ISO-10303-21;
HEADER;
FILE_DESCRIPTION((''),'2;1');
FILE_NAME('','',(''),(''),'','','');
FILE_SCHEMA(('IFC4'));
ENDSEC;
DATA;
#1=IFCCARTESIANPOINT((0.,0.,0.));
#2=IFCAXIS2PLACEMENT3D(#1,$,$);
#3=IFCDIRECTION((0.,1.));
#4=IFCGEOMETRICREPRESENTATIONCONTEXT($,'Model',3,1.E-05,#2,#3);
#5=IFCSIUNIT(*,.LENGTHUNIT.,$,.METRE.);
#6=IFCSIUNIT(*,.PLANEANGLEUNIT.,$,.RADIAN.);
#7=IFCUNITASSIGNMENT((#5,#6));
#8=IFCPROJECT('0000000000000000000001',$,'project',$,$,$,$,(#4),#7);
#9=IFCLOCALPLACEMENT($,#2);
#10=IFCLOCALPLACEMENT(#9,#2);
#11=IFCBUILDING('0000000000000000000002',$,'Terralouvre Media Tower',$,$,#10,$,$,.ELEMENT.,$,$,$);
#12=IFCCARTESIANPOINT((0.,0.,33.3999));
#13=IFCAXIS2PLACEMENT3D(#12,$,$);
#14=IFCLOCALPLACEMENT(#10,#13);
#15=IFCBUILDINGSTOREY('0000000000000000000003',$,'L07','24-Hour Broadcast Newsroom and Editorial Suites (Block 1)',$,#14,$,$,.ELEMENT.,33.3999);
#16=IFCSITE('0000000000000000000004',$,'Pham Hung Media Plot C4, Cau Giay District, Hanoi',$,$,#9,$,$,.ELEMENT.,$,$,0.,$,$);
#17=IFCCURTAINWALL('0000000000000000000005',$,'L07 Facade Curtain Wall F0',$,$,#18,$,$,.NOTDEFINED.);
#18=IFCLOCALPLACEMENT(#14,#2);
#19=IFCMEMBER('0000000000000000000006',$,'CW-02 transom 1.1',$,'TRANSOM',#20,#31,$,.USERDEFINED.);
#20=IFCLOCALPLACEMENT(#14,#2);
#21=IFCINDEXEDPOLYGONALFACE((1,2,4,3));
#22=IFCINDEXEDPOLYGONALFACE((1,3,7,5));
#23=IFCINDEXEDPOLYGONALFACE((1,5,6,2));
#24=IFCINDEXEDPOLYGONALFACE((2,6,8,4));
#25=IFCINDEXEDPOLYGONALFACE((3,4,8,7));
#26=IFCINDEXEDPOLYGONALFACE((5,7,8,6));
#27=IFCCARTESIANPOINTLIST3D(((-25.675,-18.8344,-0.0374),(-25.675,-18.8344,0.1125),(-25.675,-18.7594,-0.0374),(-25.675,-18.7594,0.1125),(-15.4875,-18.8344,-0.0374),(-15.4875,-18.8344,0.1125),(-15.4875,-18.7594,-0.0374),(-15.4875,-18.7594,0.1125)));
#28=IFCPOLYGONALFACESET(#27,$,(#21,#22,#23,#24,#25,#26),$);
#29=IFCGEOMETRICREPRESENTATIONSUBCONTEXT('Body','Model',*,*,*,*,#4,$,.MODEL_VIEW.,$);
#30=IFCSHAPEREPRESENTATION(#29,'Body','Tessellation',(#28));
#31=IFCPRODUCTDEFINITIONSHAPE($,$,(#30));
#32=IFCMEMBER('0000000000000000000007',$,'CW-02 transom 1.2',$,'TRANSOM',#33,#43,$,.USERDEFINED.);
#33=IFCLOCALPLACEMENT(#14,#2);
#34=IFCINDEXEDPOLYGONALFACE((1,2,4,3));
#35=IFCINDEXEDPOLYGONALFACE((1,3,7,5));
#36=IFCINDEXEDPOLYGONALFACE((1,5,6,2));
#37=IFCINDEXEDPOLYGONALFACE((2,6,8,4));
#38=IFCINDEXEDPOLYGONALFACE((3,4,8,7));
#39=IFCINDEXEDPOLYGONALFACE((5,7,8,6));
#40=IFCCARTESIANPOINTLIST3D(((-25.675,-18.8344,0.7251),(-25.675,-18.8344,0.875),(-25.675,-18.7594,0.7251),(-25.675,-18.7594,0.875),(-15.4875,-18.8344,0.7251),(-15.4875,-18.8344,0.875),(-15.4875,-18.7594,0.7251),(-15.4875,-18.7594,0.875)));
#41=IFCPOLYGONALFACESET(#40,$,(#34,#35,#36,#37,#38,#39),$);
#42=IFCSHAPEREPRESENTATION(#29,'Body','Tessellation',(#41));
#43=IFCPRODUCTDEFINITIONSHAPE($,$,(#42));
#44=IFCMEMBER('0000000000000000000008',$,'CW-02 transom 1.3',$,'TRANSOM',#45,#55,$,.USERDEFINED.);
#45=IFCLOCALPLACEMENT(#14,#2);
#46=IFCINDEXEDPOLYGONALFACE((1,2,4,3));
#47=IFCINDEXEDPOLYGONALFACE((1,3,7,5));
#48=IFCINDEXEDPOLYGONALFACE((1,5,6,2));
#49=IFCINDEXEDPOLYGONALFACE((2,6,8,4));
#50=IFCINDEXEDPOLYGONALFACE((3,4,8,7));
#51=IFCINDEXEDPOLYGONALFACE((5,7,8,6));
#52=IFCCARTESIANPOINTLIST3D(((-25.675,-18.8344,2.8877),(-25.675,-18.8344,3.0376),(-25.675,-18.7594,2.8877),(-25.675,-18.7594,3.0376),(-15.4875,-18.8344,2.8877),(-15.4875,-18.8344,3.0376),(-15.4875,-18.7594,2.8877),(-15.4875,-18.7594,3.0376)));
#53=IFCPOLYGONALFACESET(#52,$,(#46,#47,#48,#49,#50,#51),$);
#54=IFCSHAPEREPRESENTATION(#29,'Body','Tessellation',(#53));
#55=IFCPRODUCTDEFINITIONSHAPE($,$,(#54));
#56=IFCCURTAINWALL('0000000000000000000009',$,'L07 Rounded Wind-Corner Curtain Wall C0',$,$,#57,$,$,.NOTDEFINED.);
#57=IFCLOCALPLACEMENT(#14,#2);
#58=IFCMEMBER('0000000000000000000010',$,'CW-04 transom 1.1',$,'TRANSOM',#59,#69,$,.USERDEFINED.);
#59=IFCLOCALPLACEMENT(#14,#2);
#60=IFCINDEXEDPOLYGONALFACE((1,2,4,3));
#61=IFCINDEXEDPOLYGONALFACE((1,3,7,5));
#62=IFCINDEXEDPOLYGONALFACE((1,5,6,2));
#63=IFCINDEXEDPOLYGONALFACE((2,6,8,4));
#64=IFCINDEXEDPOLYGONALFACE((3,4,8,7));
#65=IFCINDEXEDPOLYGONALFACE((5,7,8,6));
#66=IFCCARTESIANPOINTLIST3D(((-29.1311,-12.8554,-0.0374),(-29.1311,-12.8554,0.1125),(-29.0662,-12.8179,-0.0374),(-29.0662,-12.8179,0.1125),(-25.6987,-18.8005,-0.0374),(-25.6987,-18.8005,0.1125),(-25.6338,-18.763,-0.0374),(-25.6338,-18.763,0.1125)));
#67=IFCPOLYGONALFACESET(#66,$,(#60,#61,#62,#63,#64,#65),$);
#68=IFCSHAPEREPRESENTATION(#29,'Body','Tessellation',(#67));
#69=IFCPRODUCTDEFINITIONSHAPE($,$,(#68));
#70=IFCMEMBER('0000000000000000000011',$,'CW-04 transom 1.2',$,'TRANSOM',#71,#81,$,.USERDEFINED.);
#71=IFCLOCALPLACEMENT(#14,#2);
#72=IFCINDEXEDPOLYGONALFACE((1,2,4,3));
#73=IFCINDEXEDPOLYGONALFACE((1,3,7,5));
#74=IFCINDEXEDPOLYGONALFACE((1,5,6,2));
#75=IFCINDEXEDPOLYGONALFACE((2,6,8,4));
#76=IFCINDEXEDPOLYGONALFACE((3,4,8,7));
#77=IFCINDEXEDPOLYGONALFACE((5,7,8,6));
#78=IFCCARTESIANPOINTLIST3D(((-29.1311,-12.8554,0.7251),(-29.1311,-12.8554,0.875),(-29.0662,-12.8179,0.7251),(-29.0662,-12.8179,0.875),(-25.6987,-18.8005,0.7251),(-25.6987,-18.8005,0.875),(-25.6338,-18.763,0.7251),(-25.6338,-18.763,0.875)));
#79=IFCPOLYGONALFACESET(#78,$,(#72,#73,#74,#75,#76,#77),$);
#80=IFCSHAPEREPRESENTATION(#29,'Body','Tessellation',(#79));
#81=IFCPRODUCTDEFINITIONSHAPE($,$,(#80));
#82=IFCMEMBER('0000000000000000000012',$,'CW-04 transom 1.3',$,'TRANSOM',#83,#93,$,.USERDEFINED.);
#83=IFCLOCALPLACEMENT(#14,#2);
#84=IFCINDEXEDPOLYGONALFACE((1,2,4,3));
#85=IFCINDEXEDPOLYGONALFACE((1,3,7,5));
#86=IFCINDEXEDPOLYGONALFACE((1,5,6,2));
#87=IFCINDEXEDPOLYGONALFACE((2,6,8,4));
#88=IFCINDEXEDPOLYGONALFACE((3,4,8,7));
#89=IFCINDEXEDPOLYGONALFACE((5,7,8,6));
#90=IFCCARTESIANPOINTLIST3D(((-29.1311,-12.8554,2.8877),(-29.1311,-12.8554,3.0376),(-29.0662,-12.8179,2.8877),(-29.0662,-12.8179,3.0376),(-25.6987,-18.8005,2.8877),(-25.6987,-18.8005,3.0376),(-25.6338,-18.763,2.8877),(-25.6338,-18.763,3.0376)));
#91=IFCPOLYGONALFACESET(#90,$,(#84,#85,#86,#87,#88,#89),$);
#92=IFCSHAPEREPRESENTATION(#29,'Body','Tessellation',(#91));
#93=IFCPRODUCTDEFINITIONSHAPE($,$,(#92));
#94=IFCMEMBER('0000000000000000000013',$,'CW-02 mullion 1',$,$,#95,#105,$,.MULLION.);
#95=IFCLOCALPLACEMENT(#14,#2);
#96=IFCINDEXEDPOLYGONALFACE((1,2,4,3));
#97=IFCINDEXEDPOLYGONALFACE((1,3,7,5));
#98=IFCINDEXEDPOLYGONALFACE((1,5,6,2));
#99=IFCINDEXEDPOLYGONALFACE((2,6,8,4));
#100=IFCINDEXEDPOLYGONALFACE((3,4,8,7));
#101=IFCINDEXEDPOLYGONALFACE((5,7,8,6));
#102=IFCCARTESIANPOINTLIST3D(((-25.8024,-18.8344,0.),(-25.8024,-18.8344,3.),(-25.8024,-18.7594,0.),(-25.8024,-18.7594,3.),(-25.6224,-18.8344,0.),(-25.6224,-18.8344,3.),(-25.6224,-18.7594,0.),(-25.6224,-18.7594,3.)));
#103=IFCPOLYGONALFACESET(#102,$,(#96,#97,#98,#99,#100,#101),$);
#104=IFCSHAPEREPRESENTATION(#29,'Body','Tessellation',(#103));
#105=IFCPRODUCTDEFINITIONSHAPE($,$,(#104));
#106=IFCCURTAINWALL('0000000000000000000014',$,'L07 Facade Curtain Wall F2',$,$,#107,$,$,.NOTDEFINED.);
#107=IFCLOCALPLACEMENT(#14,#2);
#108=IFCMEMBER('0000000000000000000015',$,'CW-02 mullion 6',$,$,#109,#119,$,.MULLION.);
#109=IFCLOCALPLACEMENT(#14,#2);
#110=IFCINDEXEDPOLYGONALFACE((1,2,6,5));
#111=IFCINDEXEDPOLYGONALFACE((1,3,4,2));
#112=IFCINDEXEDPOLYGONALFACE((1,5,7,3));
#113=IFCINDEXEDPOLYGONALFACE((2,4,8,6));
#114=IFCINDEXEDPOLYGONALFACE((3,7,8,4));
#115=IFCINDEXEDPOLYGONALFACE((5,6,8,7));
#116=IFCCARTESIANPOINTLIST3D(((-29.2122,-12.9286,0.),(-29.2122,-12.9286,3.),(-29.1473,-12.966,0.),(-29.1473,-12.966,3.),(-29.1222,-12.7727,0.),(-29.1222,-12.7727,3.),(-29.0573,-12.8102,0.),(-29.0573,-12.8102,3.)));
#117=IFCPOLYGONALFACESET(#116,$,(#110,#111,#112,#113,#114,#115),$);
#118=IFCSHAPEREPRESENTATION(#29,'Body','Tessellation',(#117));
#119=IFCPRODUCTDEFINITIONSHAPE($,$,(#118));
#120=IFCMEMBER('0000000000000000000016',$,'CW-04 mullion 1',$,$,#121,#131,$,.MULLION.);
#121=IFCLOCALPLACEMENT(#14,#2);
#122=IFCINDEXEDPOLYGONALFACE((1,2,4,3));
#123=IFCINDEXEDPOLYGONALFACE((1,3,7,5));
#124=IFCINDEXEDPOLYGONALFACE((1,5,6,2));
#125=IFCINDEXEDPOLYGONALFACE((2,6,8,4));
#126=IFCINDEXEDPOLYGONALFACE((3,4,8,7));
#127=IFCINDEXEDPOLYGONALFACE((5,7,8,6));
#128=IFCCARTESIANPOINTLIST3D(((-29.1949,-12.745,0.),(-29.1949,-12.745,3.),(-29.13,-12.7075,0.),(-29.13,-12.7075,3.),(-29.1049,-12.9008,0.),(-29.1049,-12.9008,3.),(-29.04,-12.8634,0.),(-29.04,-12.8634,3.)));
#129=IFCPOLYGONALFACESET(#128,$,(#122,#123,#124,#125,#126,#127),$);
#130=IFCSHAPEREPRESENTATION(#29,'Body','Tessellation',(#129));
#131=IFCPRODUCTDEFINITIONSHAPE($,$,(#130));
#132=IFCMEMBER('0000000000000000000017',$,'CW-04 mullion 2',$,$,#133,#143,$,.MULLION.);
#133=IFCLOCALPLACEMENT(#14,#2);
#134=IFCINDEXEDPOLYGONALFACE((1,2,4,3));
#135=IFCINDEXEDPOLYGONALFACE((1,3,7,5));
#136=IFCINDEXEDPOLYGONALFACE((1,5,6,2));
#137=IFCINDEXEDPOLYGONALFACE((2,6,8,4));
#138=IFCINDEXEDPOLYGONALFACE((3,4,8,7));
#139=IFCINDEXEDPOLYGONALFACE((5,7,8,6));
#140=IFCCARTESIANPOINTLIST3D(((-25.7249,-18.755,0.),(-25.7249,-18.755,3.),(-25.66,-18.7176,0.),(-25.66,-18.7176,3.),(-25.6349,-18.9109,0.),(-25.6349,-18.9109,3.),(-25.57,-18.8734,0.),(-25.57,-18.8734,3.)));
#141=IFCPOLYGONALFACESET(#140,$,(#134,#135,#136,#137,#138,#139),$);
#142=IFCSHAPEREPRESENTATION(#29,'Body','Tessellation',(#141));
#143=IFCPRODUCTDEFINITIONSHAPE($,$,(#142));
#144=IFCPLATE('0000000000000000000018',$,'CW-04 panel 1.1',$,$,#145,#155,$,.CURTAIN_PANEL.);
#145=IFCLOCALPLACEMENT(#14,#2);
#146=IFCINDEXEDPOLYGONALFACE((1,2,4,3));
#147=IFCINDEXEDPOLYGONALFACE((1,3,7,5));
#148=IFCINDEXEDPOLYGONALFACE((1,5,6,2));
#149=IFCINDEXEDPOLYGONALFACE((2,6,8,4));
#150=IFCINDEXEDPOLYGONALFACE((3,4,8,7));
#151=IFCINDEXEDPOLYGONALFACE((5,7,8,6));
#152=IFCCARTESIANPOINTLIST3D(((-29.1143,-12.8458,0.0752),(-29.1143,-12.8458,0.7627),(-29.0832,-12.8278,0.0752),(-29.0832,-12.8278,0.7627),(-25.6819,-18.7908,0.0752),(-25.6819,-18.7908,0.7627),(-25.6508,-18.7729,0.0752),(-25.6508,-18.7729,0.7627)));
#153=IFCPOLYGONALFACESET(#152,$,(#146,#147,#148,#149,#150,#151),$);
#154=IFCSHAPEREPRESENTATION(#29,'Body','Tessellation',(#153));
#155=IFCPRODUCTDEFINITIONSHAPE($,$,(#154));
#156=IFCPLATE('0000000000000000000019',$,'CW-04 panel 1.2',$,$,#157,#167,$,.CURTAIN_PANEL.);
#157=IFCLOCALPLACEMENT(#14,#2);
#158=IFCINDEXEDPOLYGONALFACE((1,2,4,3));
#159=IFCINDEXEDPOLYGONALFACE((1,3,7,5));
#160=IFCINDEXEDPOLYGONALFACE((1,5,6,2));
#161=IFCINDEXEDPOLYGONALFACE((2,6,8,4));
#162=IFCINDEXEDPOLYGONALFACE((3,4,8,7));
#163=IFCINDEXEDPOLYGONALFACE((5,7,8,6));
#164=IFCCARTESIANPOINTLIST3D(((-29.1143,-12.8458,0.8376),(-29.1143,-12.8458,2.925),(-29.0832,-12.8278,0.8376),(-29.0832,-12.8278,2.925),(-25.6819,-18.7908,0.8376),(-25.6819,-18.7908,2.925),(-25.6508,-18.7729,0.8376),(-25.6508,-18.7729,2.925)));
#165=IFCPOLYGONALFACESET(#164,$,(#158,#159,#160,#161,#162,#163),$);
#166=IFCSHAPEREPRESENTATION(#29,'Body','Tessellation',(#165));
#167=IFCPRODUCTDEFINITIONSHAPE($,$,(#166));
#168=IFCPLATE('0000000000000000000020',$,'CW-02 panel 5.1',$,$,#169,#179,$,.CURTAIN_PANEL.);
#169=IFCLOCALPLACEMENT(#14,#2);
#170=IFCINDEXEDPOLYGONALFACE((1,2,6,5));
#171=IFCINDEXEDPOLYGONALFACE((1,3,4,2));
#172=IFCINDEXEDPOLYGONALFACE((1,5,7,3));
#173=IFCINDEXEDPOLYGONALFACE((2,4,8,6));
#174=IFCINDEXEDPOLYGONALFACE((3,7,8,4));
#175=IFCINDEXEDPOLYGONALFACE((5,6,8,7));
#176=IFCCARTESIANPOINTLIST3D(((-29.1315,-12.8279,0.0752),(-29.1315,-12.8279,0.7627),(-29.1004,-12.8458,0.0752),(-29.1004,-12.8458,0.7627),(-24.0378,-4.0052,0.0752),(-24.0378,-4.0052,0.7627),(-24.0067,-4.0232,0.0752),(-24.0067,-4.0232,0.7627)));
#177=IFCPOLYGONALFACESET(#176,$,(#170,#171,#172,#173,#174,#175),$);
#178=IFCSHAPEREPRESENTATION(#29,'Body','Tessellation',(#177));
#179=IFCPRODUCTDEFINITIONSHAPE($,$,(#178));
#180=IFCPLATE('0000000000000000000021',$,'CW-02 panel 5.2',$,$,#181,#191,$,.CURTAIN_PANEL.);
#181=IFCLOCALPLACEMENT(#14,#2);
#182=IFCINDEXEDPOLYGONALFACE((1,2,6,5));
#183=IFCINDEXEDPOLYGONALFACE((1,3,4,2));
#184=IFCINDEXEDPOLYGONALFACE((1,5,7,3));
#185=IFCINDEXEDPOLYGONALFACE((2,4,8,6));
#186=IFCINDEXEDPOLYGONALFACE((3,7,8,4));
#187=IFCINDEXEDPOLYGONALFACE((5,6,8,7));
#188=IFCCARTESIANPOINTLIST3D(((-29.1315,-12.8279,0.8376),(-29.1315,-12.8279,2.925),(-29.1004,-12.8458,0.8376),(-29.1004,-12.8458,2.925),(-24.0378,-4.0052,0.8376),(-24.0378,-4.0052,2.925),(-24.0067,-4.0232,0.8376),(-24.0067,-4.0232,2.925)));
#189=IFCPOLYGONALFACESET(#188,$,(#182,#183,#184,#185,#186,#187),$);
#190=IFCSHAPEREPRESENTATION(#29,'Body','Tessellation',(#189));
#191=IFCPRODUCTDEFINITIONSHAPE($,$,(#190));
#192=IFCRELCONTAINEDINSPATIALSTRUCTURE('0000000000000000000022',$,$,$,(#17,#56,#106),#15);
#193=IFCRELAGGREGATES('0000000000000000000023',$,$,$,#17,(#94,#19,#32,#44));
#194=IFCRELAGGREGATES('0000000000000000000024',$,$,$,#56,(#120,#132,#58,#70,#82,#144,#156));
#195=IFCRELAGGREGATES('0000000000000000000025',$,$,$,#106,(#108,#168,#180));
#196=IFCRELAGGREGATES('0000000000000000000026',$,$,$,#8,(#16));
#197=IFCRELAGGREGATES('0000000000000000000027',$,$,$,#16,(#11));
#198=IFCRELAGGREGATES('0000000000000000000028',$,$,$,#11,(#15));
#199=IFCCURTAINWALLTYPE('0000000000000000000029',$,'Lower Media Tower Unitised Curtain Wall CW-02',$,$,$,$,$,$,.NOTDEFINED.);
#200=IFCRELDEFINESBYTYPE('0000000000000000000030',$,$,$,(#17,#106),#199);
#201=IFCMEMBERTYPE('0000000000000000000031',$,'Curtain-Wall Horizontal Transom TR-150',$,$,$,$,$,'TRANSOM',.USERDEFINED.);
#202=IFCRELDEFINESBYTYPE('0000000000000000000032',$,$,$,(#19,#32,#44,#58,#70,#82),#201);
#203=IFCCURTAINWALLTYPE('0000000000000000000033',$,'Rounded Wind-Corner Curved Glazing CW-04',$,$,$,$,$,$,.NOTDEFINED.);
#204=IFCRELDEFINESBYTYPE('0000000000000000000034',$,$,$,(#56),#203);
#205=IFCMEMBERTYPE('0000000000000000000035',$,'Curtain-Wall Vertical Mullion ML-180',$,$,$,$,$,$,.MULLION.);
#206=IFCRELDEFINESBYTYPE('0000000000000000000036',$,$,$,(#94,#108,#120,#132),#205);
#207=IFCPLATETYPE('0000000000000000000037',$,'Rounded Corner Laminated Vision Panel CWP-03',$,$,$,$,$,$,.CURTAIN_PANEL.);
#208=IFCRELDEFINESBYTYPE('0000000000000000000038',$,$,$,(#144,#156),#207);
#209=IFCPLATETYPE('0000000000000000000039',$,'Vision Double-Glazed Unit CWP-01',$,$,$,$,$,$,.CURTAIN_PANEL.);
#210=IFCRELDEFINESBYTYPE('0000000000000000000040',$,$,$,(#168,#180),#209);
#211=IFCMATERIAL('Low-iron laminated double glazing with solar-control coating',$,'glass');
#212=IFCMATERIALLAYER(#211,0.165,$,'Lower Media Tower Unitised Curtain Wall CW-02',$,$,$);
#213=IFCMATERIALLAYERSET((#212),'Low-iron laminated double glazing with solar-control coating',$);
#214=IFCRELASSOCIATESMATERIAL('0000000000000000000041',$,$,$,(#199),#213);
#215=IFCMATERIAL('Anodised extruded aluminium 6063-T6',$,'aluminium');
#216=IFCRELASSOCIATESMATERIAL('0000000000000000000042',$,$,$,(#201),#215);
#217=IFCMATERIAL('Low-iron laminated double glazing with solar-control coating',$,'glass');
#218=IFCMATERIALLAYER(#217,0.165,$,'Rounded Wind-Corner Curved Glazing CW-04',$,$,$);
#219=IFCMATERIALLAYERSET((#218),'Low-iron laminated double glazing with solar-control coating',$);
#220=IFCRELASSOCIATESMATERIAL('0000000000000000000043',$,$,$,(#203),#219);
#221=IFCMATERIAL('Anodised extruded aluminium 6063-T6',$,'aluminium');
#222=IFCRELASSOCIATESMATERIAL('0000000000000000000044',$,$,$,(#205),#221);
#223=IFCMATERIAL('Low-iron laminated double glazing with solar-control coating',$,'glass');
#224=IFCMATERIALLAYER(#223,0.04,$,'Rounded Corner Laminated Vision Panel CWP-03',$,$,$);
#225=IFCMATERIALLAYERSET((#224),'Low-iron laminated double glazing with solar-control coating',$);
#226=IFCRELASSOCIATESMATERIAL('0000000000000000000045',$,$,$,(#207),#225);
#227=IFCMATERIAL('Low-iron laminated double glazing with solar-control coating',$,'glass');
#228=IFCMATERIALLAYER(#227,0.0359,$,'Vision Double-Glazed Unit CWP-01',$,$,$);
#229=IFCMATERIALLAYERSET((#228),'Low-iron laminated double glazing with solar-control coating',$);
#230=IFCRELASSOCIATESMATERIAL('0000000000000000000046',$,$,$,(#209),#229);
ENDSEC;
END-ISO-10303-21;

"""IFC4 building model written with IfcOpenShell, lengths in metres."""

from ifc_helpers import new_model, si_unit, direction, frame, origin, origin_2d, place, context, subcontext, project, spatial, rectangle, extrude, material, layer, layer_set, material_profile, profile_set, type_object, element, aggregate, save


model = new_model("IFC4")

# Units and contexts
model_context = context("Model", 3, precision=1e-05, world=origin(), true_north=direction((0.0, 1.0)))
body_context = subcontext(model_context, "Body", "Model", "MODEL_VIEW")
ifc_project = project(units=[si_unit("LENGTHUNIT", "METRE"), si_unit("PLANEANGLEUNIT", "RADIAN")], contexts=[model_context])

# Site, building, storey
site_placement = place(None, origin())
site = spatial("IfcSite", under=ifc_project, at=site_placement, Name="Pham Hung Media Plot C4, Cau Giay District, Hanoi", CompositionType="ELEMENT", RefElevation=0.0)
building_placement = place(site_placement, origin())
building = spatial("IfcBuilding", under=site, at=building_placement, Name="Terralouvre Media Tower", CompositionType="ELEMENT")
storey_placement = place(building_placement, frame((0.0, 0.0, 33.3999)))
storey = spatial("IfcBuildingStorey", under=building, at=storey_placement, Name="L07", Description="24-Hour Broadcast Newsroom and Editorial Suites (Block 1)", CompositionType="ELEMENT", Elevation=33.3999)

# Curtain walls, members
ifc_material_1 = material(Name="Low-iron laminated double glazing with solar-control coating", Category="glass")
ifc_layer_1 = layer(ifc_material_1, 0.165, Name="Lower Media Tower Unitised Curtain Wall CW-02")
ifc_layer_set_1 = layer_set([ifc_layer_1], Name="Low-iron laminated double glazing with solar-control coating")
curtain_wall_type_1 = type_object("IfcCurtainWallType", Name="Lower Media Tower Unitised Curtain Wall CW-02", PredefinedType="NOTDEFINED", material=ifc_layer_set_1)
curtain_wall_1_placement = place(storey_placement, origin())
curtain_wall_1 = element("IfcCurtainWall", 1, at=curtain_wall_1_placement, inside=storey, type_object=curtain_wall_type_1, Name="L07 Facade Curtain Wall F0", PredefinedType="NOTDEFINED")
ifc_material_2 = material(Name="Anodised extruded aluminium 6063-T6", Category="aluminium")
ifc_material_profile_1 = material_profile(ifc_material_2, rectangle(XDim=0.075, YDim=0.1499, at=origin_2d()), Name="ALU 75x150")
ifc_profile_set_1 = profile_set([ifc_material_profile_1], Name="Anodised extruded aluminium 6063-T6")
member_type_1 = type_object("IfcMemberType", Name="Curtain-Wall Horizontal Transom TR-150", ElementType="TRANSOM", PredefinedType="USERDEFINED", material=ifc_profile_set_1)
member_1_placement = place(storey_placement, frame((-25.675, -18.7969, 0.0376), z_axis=(1.0, 0.0, 0.0), x_axis=(0.0, 1.0, 0.0)))
member_1 = element("IfcMember", 2, at=member_1_placement, type_object=member_type_1, Name="CW-02 transom 1.1", ObjectType="TRANSOM", PredefinedType="USERDEFINED", context=body_context, shape_type="SweptSolid", body=[
    extrude(rectangle(XDim=0.075, YDim=0.1499, at=origin_2d()), origin(), (0.0, 0.0, 1.0), 10.1875),
])
member_2_placement = place(storey_placement, frame((-25.675, -18.7969, 0.8), z_axis=(1.0, 0.0, 0.0), x_axis=(0.0, 1.0, 0.0)))
member_2 = element("IfcMember", 3, at=member_2_placement, type_object=member_type_1, Name="CW-02 transom 1.2", ObjectType="TRANSOM", PredefinedType="USERDEFINED", context=body_context, shape_type="SweptSolid", body=[
    extrude(rectangle(XDim=0.075, YDim=0.1499, at=origin_2d()), origin(), (0.0, 0.0, 1.0), 10.1875),
])
member_3_placement = place(storey_placement, frame((-25.675, -18.7969, 2.9626), z_axis=(1.0, 0.0, 0.0), x_axis=(0.0, 1.0, 0.0)))
member_3 = element("IfcMember", 4, at=member_3_placement, type_object=member_type_1, Name="CW-02 transom 1.3", ObjectType="TRANSOM", PredefinedType="USERDEFINED", context=body_context, shape_type="SweptSolid", body=[
    extrude(rectangle(XDim=0.075, YDim=0.1499, at=origin_2d()), origin(), (0.0, 0.0, 1.0), 10.1875),
])
ifc_material_3 = material(Name="Low-iron laminated double glazing with solar-control coating", Category="glass")
ifc_layer_2 = layer(ifc_material_3, 0.165, Name="Rounded Wind-Corner Curved Glazing CW-04")
ifc_layer_set_2 = layer_set([ifc_layer_2], Name="Low-iron laminated double glazing with solar-control coating")
curtain_wall_type_2 = type_object("IfcCurtainWallType", Name="Rounded Wind-Corner Curved Glazing CW-04", PredefinedType="NOTDEFINED", material=ifc_layer_set_2)
curtain_wall_2_placement = place(storey_placement, origin())
curtain_wall_2 = element("IfcCurtainWall", 5, at=curtain_wall_2_placement, inside=storey, type_object=curtain_wall_type_2, Name="L07 Rounded Wind-Corner Curtain Wall C0", PredefinedType="NOTDEFINED")
member_4_placement = place(storey_placement, frame((-29.0986, -12.8367, 0.0376), z_axis=(0.499998, -0.866026, 0.0), x_axis=(0.866026, 0.499998, 0.0)))
member_4 = element("IfcMember", 6, at=member_4_placement, type_object=member_type_1, Name="CW-04 transom 1.1", ObjectType="TRANSOM", PredefinedType="USERDEFINED", context=body_context, shape_type="SweptSolid", body=[
    extrude(rectangle(XDim=0.075, YDim=0.1499, at=origin_2d()), origin(), (0.0, 0.0, 1.0), 6.8647),
])
member_5_placement = place(storey_placement, frame((-29.0986, -12.8367, 0.8), z_axis=(0.499998, -0.866026, 0.0), x_axis=(0.866026, 0.499998, 0.0)))
member_5 = element("IfcMember", 7, at=member_5_placement, type_object=member_type_1, Name="CW-04 transom 1.2", ObjectType="TRANSOM", PredefinedType="USERDEFINED", context=body_context, shape_type="SweptSolid", body=[
    extrude(rectangle(XDim=0.075, YDim=0.1499, at=origin_2d()), origin(), (0.0, 0.0, 1.0), 6.8647),
])
member_6_placement = place(storey_placement, frame((-29.0986, -12.8367, 2.9626), z_axis=(0.499998, -0.866026, 0.0), x_axis=(0.866026, 0.499998, 0.0)))
member_6 = element("IfcMember", 8, at=member_6_placement, type_object=member_type_1, Name="CW-04 transom 1.3", ObjectType="TRANSOM", PredefinedType="USERDEFINED", context=body_context, shape_type="SweptSolid", body=[
    extrude(rectangle(XDim=0.075, YDim=0.1499, at=origin_2d()), origin(), (0.0, 0.0, 1.0), 6.8647),
])

# Member
ifc_material_4 = material(Name="Anodised extruded aluminium 6063-T6", Category="aluminium")
ifc_material_profile_2 = material_profile(ifc_material_4, rectangle(XDim=0.075, YDim=0.1799, at=origin_2d()), Name="ALU 75x180")
ifc_profile_set_2 = profile_set([ifc_material_profile_2], Name="Anodised extruded aluminium 6063-T6")
member_type_2 = type_object("IfcMemberType", Name="Curtain-Wall Vertical Mullion ML-180", PredefinedType="MULLION", material=ifc_profile_set_2)
member_7_placement = place(storey_placement, frame((-25.7124, -18.7969, 0.0), z_axis=(0.0, 0.0, 1.0), x_axis=(0.0, 1.0, 0.0)))
member_7 = element("IfcMember", 9, at=member_7_placement, type_object=member_type_2, Name="CW-02 mullion 1", PredefinedType="MULLION", context=body_context, shape_type="SweptSolid", body=[
    extrude(rectangle(XDim=0.075, YDim=0.1799, at=origin_2d()), origin(), (0.0, 0.0, 1.0), 3.0),
])
aggregate(curtain_wall_1, [member_7, member_1, member_2, member_3])

# Curtain wall, member
curtain_wall_3_placement = place(storey_placement, origin())
curtain_wall_3 = element("IfcCurtainWall", 10, at=curtain_wall_3_placement, inside=storey, type_object=curtain_wall_type_1, Name="L07 Facade Curtain Wall F2", PredefinedType="NOTDEFINED")
member_8_placement = place(storey_placement, frame((-29.1348, -12.8694, 0.0), z_axis=(0.0, 0.0, 1.0), x_axis=(0.866025, -0.5, 0.0)))
member_8 = element("IfcMember", 11, at=member_8_placement, type_object=member_type_2, Name="CW-02 mullion 6", PredefinedType="MULLION", context=body_context, shape_type="SweptSolid", body=[
    extrude(rectangle(XDim=0.075, YDim=0.1799, at=origin_2d()), origin(), (0.0, 0.0, 1.0), 3.0),
])

# Members
member_9_placement = place(storey_placement, frame((-29.1174, -12.8042, 0.0), z_axis=(0.0, 0.0, 1.0), x_axis=(0.866026, 0.5, 0.0)))
member_9 = element("IfcMember", 12, at=member_9_placement, type_object=member_type_2, Name="CW-04 mullion 1", PredefinedType="MULLION", context=body_context, shape_type="SweptSolid", body=[
    extrude(rectangle(XDim=0.075, YDim=0.1799, at=origin_2d()), origin(), (0.0, 0.0, 1.0), 3.0),
])
member_10_placement = place(storey_placement, frame((-25.6475, -18.8142, 0.0), z_axis=(0.0, 0.0, 1.0), x_axis=(0.866026, 0.5, 0.0)))
member_10 = element("IfcMember", 13, at=member_10_placement, type_object=member_type_2, Name="CW-04 mullion 2", PredefinedType="MULLION", context=body_context, shape_type="SweptSolid", body=[
    extrude(rectangle(XDim=0.075, YDim=0.1799, at=origin_2d()), origin(), (0.0, 0.0, 1.0), 3.0),
])

# Plates
ifc_material_5 = material(Name="Low-iron laminated double glazing with solar-control coating", Category="glass")
ifc_layer_3 = layer(ifc_material_5, 0.04, Name="Rounded Corner Laminated Vision Panel CWP-03")
ifc_layer_set_3 = layer_set([ifc_layer_3], Name="Low-iron laminated double glazing with solar-control coating")
plate_type_1 = type_object("IfcPlateType", Name="Rounded Corner Laminated Vision Panel CWP-03", PredefinedType="CURTAIN_PANEL", material=ifc_layer_set_3)
plate_1_placement = place(storey_placement, frame((-27.3826, -15.8093, 0.0752), z_axis=(0.0, 0.0, 1.0), x_axis=(0.5, -0.866026, 0.0)))
plate_1 = element("IfcPlate", 14, at=plate_1_placement, type_object=plate_type_1, Name="CW-04 panel 1.1", PredefinedType="CURTAIN_PANEL", context=body_context, shape_type="SweptSolid", body=[
    extrude(rectangle(XDim=6.8647, YDim=0.0359, at=origin_2d()), origin(), (0.0, 0.0, 1.0), 0.6875),
])
plate_2_placement = place(storey_placement, frame((-27.3826, -15.8093, 0.8376), z_axis=(0.0, 0.0, 1.0), x_axis=(0.5, -0.866026, 0.0)))
plate_2 = element("IfcPlate", 15, at=plate_2_placement, type_object=plate_type_1, Name="CW-04 panel 1.2", PredefinedType="CURTAIN_PANEL", context=body_context, shape_type="SweptSolid", body=[
    extrude(rectangle(XDim=6.8647, YDim=0.0359, at=origin_2d()), origin(), (0.0, 0.0, 1.0), 2.0874),
])
aggregate(curtain_wall_2, [member_9, member_10, member_4, member_5, member_6, plate_1, plate_2])
ifc_material_6 = material(Name="Low-iron laminated double glazing with solar-control coating", Category="glass")
ifc_layer_4 = layer(ifc_material_6, 0.0359, Name="Vision Double-Glazed Unit CWP-01")
ifc_layer_set_4 = layer_set([ifc_layer_4], Name="Low-iron laminated double glazing with solar-control coating")
plate_type_2 = type_object("IfcPlateType", Name="Vision Double-Glazed Unit CWP-01", PredefinedType="CURTAIN_PANEL", material=ifc_layer_set_4)
plate_3_placement = place(storey_placement, frame((-26.5691, -8.4255, 0.0752), z_axis=(0.0, 0.0, 1.0), x_axis=(-0.5, -0.866025, 0.0)))
plate_3 = element("IfcPlate", 16, at=plate_3_placement, type_object=plate_type_2, Name="CW-02 panel 5.1", PredefinedType="CURTAIN_PANEL", context=body_context, shape_type="SweptSolid", body=[
    extrude(rectangle(XDim=10.1875, YDim=0.0359, at=origin_2d()), origin(), (0.0, 0.0, 1.0), 0.6875),
])
plate_4_placement = place(storey_placement, frame((-26.5691, -8.4255, 0.8376), z_axis=(0.0, 0.0, 1.0), x_axis=(-0.5, -0.866025, 0.0)))
plate_4 = element("IfcPlate", 17, at=plate_4_placement, type_object=plate_type_2, Name="CW-02 panel 5.2", PredefinedType="CURTAIN_PANEL", context=body_context, shape_type="SweptSolid", body=[
    extrude(rectangle(XDim=10.1875, YDim=0.0359, at=origin_2d()), origin(), (0.0, 0.0, 1.0), 2.0874),
])
aggregate(curtain_wall_3, [member_8, plate_3, plate_4])

save(model, "model.ifc")
